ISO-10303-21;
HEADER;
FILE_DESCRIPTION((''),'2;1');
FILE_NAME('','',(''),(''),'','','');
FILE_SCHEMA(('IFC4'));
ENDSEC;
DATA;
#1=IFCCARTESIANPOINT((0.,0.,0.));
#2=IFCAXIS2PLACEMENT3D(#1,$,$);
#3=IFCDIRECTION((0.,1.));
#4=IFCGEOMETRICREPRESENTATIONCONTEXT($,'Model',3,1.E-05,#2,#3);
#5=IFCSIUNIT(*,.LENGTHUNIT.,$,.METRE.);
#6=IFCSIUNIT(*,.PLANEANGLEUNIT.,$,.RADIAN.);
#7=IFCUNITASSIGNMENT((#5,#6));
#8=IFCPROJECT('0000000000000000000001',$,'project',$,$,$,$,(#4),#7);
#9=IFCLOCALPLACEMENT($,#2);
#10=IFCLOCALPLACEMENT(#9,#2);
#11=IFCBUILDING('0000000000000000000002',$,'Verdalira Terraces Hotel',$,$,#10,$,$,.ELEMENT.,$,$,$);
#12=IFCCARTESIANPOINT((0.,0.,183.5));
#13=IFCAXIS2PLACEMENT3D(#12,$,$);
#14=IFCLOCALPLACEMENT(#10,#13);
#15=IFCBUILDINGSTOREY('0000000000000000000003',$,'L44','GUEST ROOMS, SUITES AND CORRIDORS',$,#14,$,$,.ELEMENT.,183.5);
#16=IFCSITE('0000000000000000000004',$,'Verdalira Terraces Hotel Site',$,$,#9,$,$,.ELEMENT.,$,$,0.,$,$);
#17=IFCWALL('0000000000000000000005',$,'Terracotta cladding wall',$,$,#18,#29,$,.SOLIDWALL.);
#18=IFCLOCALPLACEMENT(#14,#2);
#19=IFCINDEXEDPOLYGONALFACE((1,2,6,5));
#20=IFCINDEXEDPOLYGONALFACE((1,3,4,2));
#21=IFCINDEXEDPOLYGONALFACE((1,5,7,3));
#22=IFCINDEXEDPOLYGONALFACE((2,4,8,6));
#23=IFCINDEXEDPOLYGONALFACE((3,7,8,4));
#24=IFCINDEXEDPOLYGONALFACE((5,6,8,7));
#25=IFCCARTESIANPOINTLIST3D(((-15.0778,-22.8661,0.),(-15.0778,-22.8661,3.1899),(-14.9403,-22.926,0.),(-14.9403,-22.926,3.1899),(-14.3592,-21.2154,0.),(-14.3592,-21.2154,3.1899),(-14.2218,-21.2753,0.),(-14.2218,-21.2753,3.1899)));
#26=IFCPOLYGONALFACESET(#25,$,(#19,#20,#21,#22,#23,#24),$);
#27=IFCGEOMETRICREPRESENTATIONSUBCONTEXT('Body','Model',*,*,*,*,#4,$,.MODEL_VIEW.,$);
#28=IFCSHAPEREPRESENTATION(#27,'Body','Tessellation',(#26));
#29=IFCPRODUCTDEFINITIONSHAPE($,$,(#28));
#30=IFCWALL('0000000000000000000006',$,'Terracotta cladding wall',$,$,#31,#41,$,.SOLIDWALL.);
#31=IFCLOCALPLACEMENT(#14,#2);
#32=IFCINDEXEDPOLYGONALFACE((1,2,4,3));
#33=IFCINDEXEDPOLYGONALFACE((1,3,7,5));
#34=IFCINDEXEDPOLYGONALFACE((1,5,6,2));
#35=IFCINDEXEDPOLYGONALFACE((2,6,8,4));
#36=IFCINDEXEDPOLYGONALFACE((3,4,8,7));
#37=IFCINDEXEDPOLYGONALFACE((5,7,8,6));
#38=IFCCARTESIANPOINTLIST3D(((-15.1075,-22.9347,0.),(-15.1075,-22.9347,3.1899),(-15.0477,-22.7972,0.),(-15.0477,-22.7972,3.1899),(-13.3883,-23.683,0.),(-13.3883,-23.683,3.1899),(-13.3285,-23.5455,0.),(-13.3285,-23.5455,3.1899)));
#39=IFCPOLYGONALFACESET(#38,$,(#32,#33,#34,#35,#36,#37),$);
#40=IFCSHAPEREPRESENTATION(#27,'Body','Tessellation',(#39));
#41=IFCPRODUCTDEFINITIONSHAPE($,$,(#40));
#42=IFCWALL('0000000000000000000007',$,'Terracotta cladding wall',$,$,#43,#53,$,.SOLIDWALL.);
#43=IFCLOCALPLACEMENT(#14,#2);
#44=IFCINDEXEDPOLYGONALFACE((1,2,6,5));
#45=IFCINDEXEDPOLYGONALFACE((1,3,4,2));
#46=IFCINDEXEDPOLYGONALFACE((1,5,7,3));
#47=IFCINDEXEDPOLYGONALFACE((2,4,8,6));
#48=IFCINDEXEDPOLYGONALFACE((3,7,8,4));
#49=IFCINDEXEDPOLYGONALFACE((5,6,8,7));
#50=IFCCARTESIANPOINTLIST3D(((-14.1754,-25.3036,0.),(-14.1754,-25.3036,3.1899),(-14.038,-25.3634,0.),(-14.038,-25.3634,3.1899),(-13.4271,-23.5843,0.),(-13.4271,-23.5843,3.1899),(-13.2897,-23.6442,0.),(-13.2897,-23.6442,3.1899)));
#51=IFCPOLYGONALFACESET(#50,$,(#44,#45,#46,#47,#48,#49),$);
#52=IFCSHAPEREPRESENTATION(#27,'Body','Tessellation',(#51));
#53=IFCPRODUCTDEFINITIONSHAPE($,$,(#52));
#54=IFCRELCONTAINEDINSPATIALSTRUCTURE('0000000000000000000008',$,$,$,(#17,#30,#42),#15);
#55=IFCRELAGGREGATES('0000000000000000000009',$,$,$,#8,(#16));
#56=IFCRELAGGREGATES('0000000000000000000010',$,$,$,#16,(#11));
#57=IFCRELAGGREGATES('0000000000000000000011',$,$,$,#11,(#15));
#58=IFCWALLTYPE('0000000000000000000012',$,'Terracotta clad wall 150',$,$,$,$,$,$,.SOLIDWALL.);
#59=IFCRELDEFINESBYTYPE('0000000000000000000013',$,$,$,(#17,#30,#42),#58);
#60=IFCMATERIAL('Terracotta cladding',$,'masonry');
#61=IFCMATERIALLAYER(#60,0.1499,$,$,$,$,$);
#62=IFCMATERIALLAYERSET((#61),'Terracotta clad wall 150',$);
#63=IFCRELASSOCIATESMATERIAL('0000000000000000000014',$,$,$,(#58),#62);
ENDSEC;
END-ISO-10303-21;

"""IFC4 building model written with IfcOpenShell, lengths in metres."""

from ifc_helpers import new_model, si_unit, direction, frame, frame_2d, origin, place, context, subcontext, project, spatial, rectangle, extrude, material, layer, layer_set, type_object, element, save


model = new_model("IFC4")

# Units and contexts
model_context = context("Model", 3, precision=1e-05, world=origin(), true_north=direction((0.0, 1.0)))
body_context = subcontext(model_context, "Body", "Model", "MODEL_VIEW")
ifc_project = project(units=[si_unit("LENGTHUNIT", "METRE"), si_unit("PLANEANGLEUNIT", "RADIAN")], contexts=[model_context])

# Site, building, storey
site_placement = place(None, origin())
site = spatial("IfcSite", under=ifc_project, at=site_placement, Name="Verdalira Terraces Hotel Site", CompositionType="ELEMENT", RefElevation=0.0)
building_placement = place(site_placement, origin())
building = spatial("IfcBuilding", under=site, at=building_placement, Name="Verdalira Terraces Hotel", CompositionType="ELEMENT")
storey_placement = place(building_placement, frame((0.0, 0.0, 183.5)))
storey = spatial("IfcBuildingStorey", under=building, at=storey_placement, Name="L44", Description="GUEST ROOMS, SUITES AND CORRIDORS", CompositionType="ELEMENT", Elevation=183.5)

# Walls
ifc_material_1 = material(Name="Terracotta cladding", Category="masonry")
ifc_layer_1 = layer(ifc_material_1, 0.1499)
ifc_layer_set_1 = layer_set([ifc_layer_1], Name="Terracotta clad wall 150")
wall_type_1 = type_object("IfcWallType", Name="Terracotta clad wall 150", PredefinedType="SOLIDWALL", material=ifc_layer_set_1)
wall_1_placement = place(storey_placement, frame((-14.2905, -21.2454, 0.0), z_axis=(0.0, 0.0, 1.0), x_axis=(-0.399118, -0.9169, 0.0)))
element("IfcWall", 1, at=wall_1_placement, inside=storey, type_object=wall_type_1, Name="Terracotta cladding wall", PredefinedType="SOLIDWALL", context=body_context, shape_type="SweptSolid", body=[
    extrude(rectangle(XDim=1.8003, YDim=0.1499, at=frame_2d((0.9001, 0.0))), origin(), (0.0, 0.0, 1.0), 3.1899),
])
for number, where, z_axis, x_axis, name in (
    (2, (-15.0776, -22.866, 0.0), (0.0, 0.0, 1.0), (0.916915, -0.399083, 0.0), "Terracotta cladding wall"),
    (3, (-13.3584, -23.6143, 0.0), (0.0, 0.0, 1.0), (-0.399083, -0.916915, 0.0), "Terracotta cladding wall"),
):
    element("IfcWall", number, at=place(storey_placement, frame(where, z_axis=z_axis, x_axis=x_axis)), inside=storey, type_object=wall_type_1, Name=name, PredefinedType="SOLIDWALL", context=body_context, shape_type="SweptSolid", body=[
        extrude(rectangle(XDim=1.875, YDim=0.1499, at=frame_2d((0.9375, 0.0))), origin(), (0.0, 0.0, 1.0), 3.1899),
    ])

save(model, "model.ifc")
